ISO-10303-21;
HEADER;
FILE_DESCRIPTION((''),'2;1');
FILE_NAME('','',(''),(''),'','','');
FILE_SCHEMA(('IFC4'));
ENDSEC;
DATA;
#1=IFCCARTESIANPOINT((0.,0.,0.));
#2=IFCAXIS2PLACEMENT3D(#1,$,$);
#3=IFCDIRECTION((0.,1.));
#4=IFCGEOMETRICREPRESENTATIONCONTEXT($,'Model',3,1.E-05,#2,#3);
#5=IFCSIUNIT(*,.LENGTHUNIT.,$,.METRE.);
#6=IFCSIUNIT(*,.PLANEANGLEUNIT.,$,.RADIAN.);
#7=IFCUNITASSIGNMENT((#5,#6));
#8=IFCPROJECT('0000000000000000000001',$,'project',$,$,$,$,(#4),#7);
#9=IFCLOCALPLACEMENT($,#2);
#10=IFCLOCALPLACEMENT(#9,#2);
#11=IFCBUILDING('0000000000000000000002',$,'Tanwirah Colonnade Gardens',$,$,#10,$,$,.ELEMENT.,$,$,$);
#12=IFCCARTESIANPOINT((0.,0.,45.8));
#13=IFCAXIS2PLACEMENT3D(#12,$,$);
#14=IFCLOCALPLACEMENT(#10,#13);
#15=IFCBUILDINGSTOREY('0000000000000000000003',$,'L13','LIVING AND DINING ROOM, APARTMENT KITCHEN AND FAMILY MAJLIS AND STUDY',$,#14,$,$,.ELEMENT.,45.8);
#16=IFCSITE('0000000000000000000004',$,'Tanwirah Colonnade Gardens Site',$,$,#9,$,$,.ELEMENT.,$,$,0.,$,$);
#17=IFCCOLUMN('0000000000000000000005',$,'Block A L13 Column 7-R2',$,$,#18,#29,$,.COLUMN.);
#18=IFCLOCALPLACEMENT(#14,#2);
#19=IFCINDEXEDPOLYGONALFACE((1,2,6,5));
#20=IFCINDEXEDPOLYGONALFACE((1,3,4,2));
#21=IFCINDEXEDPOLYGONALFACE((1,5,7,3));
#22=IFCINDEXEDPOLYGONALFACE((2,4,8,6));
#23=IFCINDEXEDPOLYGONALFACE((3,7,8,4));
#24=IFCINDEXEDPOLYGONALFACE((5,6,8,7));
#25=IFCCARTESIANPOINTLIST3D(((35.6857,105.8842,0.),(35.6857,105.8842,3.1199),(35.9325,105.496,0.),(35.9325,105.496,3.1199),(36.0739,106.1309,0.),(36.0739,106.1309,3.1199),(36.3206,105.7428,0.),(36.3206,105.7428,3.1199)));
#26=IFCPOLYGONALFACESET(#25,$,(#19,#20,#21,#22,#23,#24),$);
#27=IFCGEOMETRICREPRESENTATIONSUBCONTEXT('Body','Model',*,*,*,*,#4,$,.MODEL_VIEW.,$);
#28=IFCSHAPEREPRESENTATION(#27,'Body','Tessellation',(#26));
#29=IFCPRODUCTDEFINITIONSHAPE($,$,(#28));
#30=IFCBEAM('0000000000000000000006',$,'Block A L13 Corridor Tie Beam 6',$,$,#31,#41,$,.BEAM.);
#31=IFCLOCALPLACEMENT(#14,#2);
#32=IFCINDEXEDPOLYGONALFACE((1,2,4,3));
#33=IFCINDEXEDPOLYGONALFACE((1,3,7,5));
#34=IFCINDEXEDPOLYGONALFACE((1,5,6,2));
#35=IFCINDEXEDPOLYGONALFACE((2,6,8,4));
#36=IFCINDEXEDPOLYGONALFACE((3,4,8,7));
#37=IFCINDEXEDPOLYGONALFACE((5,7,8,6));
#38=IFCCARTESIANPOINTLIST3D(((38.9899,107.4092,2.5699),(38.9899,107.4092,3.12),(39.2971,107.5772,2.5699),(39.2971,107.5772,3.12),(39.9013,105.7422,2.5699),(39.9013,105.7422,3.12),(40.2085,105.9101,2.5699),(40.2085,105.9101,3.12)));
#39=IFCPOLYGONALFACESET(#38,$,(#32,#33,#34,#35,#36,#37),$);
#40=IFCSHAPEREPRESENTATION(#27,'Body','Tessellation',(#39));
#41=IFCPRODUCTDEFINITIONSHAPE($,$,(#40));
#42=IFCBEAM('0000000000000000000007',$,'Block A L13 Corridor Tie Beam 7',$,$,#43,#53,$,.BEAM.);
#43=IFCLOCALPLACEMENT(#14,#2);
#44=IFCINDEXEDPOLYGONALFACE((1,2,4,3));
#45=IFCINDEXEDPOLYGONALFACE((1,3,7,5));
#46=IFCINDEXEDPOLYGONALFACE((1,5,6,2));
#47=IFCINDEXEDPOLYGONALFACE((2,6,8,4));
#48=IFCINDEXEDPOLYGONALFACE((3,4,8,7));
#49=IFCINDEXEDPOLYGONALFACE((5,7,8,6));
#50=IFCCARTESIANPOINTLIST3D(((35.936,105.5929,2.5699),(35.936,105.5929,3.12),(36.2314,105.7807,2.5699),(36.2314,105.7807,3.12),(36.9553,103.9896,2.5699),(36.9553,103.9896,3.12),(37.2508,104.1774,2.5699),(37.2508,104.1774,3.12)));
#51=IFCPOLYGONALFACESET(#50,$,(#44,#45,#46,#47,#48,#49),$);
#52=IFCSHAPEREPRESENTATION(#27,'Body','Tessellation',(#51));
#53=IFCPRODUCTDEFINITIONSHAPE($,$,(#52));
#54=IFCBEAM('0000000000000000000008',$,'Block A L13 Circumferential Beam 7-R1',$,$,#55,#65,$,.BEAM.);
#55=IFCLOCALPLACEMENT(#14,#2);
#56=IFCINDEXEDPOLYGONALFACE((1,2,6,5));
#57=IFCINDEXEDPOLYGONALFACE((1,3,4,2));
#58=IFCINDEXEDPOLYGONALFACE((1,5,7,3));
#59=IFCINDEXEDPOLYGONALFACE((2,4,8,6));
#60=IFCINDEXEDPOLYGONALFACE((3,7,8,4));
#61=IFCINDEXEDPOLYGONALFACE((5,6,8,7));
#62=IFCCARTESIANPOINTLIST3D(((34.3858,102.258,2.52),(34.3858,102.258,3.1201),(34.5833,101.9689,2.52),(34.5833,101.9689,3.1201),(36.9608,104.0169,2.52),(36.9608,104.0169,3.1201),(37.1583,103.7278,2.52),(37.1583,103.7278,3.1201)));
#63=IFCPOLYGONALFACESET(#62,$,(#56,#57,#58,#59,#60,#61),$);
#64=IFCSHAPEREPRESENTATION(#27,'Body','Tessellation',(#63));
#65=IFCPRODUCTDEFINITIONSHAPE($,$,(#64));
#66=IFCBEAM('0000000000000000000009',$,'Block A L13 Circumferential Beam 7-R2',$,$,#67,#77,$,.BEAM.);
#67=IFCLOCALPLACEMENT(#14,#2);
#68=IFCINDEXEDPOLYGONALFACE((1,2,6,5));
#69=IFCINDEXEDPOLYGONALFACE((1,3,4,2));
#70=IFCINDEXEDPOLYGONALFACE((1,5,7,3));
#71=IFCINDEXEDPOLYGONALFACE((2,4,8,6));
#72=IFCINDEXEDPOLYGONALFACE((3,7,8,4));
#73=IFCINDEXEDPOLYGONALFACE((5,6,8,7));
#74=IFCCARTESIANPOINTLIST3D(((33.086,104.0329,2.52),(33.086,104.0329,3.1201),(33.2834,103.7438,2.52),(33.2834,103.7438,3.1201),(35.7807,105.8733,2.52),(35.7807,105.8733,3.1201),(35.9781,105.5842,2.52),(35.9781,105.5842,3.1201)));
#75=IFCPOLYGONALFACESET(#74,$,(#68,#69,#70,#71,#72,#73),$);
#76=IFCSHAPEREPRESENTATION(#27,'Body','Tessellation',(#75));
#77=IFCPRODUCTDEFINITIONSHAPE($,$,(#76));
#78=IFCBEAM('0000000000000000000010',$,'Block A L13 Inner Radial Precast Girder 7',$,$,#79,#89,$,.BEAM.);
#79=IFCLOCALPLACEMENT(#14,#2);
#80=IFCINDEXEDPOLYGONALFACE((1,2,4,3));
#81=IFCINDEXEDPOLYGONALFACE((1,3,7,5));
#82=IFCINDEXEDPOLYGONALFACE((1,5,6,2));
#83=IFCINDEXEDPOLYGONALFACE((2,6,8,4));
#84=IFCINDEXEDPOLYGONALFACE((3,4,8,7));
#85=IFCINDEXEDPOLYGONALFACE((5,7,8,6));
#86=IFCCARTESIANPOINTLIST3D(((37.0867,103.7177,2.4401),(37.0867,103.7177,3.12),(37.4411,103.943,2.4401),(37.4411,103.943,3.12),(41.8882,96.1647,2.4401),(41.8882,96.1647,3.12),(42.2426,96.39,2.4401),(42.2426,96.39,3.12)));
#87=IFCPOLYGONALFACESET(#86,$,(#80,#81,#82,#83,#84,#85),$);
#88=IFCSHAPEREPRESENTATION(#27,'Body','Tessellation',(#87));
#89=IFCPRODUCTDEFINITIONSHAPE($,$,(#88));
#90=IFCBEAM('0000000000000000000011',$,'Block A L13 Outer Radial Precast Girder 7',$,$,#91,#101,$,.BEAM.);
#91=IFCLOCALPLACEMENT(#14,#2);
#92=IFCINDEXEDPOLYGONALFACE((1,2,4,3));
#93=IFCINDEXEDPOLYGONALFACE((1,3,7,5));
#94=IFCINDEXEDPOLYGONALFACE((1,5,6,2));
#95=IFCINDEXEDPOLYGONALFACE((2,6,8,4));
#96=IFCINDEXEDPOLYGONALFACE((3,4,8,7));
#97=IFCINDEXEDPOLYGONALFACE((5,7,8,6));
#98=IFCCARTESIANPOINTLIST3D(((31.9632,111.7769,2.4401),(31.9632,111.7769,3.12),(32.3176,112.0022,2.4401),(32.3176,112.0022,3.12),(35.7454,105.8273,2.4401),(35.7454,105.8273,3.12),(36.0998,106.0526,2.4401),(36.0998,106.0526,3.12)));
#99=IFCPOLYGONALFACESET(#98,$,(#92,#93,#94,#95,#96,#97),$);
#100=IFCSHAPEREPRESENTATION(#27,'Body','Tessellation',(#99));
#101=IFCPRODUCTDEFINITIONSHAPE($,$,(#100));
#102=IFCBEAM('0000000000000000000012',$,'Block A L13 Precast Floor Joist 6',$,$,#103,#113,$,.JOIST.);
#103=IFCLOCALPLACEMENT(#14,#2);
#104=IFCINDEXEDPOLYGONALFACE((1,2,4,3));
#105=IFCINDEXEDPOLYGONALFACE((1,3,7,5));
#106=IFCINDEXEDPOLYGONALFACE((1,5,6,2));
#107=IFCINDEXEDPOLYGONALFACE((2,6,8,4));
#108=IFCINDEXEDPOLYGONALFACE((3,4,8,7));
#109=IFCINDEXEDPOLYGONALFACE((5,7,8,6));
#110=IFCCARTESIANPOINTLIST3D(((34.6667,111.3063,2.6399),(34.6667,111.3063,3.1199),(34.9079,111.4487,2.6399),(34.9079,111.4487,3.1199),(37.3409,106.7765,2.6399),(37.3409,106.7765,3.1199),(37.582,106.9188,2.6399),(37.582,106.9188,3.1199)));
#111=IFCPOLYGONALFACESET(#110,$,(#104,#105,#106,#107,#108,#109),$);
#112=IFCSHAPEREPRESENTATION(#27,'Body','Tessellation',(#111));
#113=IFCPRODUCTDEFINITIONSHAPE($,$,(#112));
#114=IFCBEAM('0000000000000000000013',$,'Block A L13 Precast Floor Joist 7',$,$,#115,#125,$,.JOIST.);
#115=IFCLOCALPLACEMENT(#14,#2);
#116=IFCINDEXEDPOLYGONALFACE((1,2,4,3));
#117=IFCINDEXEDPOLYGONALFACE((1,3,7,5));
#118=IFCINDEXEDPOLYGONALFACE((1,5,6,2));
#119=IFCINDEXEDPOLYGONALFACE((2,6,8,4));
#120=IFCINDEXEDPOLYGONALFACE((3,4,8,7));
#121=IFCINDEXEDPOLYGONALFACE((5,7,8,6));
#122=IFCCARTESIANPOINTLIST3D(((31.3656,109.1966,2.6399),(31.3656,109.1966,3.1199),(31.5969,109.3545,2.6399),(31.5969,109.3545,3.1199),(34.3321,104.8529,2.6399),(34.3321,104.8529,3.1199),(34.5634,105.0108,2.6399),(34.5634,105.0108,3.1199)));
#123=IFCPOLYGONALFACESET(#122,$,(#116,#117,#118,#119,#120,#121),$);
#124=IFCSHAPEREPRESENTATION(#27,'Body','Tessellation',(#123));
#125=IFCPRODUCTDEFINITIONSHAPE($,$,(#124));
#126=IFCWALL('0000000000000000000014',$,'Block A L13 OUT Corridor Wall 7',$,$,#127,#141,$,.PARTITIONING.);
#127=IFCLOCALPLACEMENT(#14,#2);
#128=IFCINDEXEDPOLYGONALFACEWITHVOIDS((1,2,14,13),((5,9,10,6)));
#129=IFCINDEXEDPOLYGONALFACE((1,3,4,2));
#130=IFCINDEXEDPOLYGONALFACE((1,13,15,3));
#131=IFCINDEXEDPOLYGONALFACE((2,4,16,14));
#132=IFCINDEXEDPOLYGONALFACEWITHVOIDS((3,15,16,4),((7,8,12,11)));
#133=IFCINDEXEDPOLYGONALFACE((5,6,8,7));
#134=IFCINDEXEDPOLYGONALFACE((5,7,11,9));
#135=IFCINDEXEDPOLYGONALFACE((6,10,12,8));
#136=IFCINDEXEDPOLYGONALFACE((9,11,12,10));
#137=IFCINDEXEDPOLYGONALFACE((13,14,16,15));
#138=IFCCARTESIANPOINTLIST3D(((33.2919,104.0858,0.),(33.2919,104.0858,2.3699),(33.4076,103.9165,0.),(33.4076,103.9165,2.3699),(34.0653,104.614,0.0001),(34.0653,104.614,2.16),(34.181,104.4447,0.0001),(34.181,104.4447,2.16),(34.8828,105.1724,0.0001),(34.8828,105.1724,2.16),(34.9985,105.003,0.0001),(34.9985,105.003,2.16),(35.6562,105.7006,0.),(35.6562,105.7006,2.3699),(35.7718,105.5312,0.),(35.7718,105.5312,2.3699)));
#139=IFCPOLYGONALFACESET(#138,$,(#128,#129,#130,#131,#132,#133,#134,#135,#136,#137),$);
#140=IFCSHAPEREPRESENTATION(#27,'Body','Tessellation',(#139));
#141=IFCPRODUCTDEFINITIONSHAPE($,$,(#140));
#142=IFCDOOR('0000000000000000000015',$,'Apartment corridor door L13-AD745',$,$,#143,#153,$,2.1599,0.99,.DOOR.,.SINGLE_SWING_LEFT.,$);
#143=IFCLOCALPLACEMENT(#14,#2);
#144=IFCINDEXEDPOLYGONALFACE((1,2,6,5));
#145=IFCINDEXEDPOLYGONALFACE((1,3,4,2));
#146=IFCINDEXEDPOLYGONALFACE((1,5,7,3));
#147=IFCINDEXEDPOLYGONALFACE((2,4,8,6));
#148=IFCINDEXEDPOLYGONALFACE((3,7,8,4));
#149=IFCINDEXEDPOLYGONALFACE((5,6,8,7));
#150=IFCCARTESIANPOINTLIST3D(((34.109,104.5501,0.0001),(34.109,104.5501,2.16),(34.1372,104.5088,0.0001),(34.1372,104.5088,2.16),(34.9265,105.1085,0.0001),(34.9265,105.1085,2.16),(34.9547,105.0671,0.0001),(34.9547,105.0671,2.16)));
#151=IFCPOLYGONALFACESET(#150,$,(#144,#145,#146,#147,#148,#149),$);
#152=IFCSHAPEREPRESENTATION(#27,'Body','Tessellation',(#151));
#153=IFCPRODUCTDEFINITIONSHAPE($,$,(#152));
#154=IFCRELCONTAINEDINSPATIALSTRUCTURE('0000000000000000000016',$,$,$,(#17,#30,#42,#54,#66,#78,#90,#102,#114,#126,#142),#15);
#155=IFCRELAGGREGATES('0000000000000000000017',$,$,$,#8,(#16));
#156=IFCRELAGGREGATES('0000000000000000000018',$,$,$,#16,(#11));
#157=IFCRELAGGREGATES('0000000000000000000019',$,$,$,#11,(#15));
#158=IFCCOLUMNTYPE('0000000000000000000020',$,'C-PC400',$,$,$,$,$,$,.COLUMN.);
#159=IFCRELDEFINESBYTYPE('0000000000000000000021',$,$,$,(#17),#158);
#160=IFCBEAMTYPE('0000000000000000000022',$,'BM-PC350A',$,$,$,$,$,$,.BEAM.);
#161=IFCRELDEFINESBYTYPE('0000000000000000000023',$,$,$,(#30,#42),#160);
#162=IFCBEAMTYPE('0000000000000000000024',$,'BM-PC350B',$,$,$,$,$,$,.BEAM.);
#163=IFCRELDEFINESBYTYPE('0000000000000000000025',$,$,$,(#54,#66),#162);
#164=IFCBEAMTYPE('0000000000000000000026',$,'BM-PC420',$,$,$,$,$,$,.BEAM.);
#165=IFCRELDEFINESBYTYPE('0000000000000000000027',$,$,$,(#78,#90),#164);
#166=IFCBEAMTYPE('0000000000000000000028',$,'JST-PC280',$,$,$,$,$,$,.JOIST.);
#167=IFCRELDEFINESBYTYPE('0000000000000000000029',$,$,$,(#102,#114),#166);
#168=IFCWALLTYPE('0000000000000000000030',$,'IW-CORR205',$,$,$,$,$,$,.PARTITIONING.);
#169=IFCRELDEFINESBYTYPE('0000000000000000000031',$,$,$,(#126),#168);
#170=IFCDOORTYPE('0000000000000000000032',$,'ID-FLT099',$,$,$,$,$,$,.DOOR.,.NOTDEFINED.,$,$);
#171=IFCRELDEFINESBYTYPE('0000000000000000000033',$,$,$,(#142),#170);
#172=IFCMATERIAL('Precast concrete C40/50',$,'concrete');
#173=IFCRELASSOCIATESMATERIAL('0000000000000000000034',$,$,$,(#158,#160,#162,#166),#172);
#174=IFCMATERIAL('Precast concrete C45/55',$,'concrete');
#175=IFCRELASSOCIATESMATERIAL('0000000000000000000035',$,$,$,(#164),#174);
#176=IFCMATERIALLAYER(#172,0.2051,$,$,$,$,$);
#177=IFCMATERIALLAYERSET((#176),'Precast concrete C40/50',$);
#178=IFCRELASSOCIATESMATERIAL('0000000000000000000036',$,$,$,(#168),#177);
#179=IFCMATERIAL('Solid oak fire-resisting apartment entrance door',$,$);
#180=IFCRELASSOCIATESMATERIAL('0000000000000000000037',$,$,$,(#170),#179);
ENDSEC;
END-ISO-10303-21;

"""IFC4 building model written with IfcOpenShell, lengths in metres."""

from ifc_helpers import new_model, si_unit, direction, frame, frame_2d, origin, origin_2d, place, context, subcontext, project, spatial, rectangle, extrude, material, layer, layer_set, material_profile, profile_set, type_object, element, fill, save


model = new_model("IFC4")

# Units and contexts
model_context = context("Model", 3, precision=1e-05, world=origin(), true_north=direction((0.0, 1.0)))
body_context = subcontext(model_context, "Body", "Model", "MODEL_VIEW")
ifc_project = project(units=[si_unit("LENGTHUNIT", "METRE"), si_unit("PLANEANGLEUNIT", "RADIAN")], contexts=[model_context])

# Site, building, storey
site_placement = place(None, origin())
site = spatial("IfcSite", under=ifc_project, at=site_placement, Name="Tanwirah Colonnade Gardens Site", CompositionType="ELEMENT", RefElevation=0.0)
building_placement = place(site_placement, origin())
building = spatial("IfcBuilding", under=site, at=building_placement, Name="Tanwirah Colonnade Gardens", CompositionType="ELEMENT")
storey_placement = place(building_placement, frame((0.0, 0.0, 45.8)))
storey = spatial("IfcBuildingStorey", under=building, at=storey_placement, Name="L13", Description="LIVING AND DINING ROOM, APARTMENT KITCHEN AND FAMILY MAJLIS AND STUDY", CompositionType="ELEMENT", Elevation=45.8)

# Column
ifc_material_1 = material(Name="Precast concrete C40/50", Category="concrete")
ifc_material_profile_1 = material_profile(ifc_material_1, rectangle(XDim=0.46, YDim=0.46, at=origin_2d()), Name="PC-COL 460x460")
ifc_profile_set_1 = profile_set([ifc_material_profile_1], Name="Precast concrete C40/50")
column_type = type_object("IfcColumnType", Name="C-PC400", PredefinedType="COLUMN", material=ifc_profile_set_1)
column_placement = place(storey_placement, frame((36.0032, 105.8135, 0.0), z_axis=(0.0, 0.0, 1.0), x_axis=(-0.536482, 0.843912, 0.0)))
element("IfcColumn", 1, at=column_placement, inside=storey, type_object=column_type, Name="Block A L13 Column 7-R2", PredefinedType="COLUMN", context=body_context, shape_type="SweptSolid", body=[
    extrude(rectangle(XDim=0.46, YDim=0.46, at=origin_2d()), origin(), (0.0, 0.0, 1.0), 3.1199),
])

# Beams
ifc_material_profile_2 = material_profile(ifc_material_1, rectangle(XDim=0.3501, YDim=0.55, at=origin_2d()), Name="PC-BM 350x550")
ifc_profile_set_2 = profile_set([ifc_material_profile_2], Name="Precast concrete C40/50")
beam_type_1 = type_object("IfcBeamType", Name="BM-PC350A", PredefinedType="BEAM", material=ifc_profile_set_2)
for number, where, z_axis, x_axis, name in (
    (2, (40.0549, 105.8262, 2.845), (-0.479707, 0.877429, 0.0), (-0.877429, -0.479707, 0.0), "Block A L13 Corridor Tie Beam 6"),
    (3, (37.103, 104.0835, 2.845), (-0.53651, 0.843894, 0.0), (-0.843894, -0.53651, 0.0), "Block A L13 Corridor Tie Beam 7"),
):
    element("IfcBeam", number, at=place(storey_placement, frame(where, z_axis=z_axis, x_axis=x_axis)), inside=storey, type_object=beam_type_1, Name=name, PredefinedType="BEAM", context=body_context, shape_type="SweptSolid", body=[
        extrude(rectangle(XDim=0.3501, YDim=0.55, at=origin_2d()), origin(), (0.0, 0.0, 1.0), 1.8999),
    ])
ifc_material_profile_3 = material_profile(ifc_material_1, rectangle(XDim=0.3501, YDim=0.6001, at=origin_2d()), Name="PC-BM 350x600")
ifc_profile_set_3 = profile_set([ifc_material_profile_3], Name="Precast concrete C40/50")
beam_type_2 = type_object("IfcBeamType", Name="BM-PC350B", PredefinedType="BEAM", material=ifc_profile_set_3)
beam_1_placement = place(storey_placement, frame((37.0596, 103.8723, 2.8201), z_axis=(-0.825758, -0.564024, 0.0), x_axis=(0.564024, -0.825758, 0.0)))
element("IfcBeam", 4, at=beam_1_placement, inside=storey, type_object=beam_type_2, Name="Block A L13 Circumferential Beam 7-R1", PredefinedType="BEAM", context=body_context, shape_type="SweptSolid", body=[
    extrude(rectangle(XDim=0.3501, YDim=0.6001, at=origin_2d()), origin(), (0.0, 0.0, 1.0), 3.1184),
])
beam_2_placement = place(storey_placement, frame((35.8794, 105.7288, 2.8201), z_axis=(-0.825782, -0.563989, 0.0), x_axis=(0.563989, -0.825782, 0.0)))
element("IfcBeam", 5, at=beam_2_placement, inside=storey, type_object=beam_type_2, Name="Block A L13 Circumferential Beam 7-R2", PredefinedType="BEAM", context=body_context, shape_type="SweptSolid", body=[
    extrude(rectangle(XDim=0.3501, YDim=0.6001, at=origin_2d()), origin(), (0.0, 0.0, 1.0), 3.2632),
])
ifc_material_2 = material(Name="Precast concrete C45/55", Category="concrete")
ifc_material_profile_4 = material_profile(ifc_material_2, rectangle(XDim=0.4199, YDim=0.6799, at=origin_2d()), Name="PC-BM 420x680")
ifc_profile_set_4 = profile_set([ifc_material_profile_4], Name="Precast concrete C45/55")
beam_type_3 = type_object("IfcBeamType", Name="BM-PC420", PredefinedType="BEAM", material=ifc_profile_set_4)
beam_3_placement = place(storey_placement, frame((37.2639, 103.8303, 2.78), z_axis=(0.536484, -0.843911, 0.0), x_axis=(0.843911, 0.536484, 0.0)))
element("IfcBeam", 6, at=beam_3_placement, inside=storey, type_object=beam_type_3, Name="Block A L13 Inner Radial Precast Girder 7", PredefinedType="BEAM", context=body_context, shape_type="SweptSolid", body=[
    extrude(rectangle(XDim=0.4199, YDim=0.6799, at=origin_2d()), origin(), (0.0, 0.0, 1.0), 8.95),
])
beam_4_placement = place(storey_placement, frame((35.9226, 105.9399, 2.78), z_axis=(-0.536477, 0.843915, 0.0), x_axis=(-0.843915, -0.536477, 0.0)))
element("IfcBeam", 7, at=beam_4_placement, inside=storey, type_object=beam_type_3, Name="Block A L13 Outer Radial Precast Girder 7", PredefinedType="BEAM", context=body_context, shape_type="SweptSolid", body=[
    extrude(rectangle(XDim=0.4199, YDim=0.6799, at=origin_2d()), origin(), (0.0, 0.0, 1.0), 7.05),
])
ifc_material_profile_5 = material_profile(ifc_material_1, rectangle(XDim=0.28, YDim=0.48, at=origin_2d()), Name="PC-JST 280x480")
ifc_profile_set_5 = profile_set([ifc_material_profile_5], Name="Precast concrete C40/50")
beam_type_4 = type_object("IfcBeamType", Name="JST-PC280", PredefinedType="JOIST", material=ifc_profile_set_5)
beam_5_placement = place(storey_placement, frame((37.4614, 106.8477, 2.8799), z_axis=(-0.50836, 0.861145, 0.0), x_axis=(-0.861145, -0.50836, 0.0)))
element("IfcBeam", 8, at=beam_5_placement, inside=storey, type_object=beam_type_4, Name="Block A L13 Precast Floor Joist 6", PredefinedType="JOIST", context=body_context, shape_type="SweptSolid", body=[
    extrude(rectangle(XDim=0.28, YDim=0.48, at=origin_2d()), origin(), (0.0, 0.0, 1.0), 5.2603),
])
beam_6_placement = place(storey_placement, frame((34.4478, 104.9319, 2.8799), z_axis=(-0.563973, 0.825793, 0.0), x_axis=(-0.825793, -0.563973, 0.0)))
element("IfcBeam", 9, at=beam_6_placement, inside=storey, type_object=beam_type_4, Name="Block A L13 Precast Floor Joist 7", PredefinedType="JOIST", context=body_context, shape_type="SweptSolid", body=[
    extrude(rectangle(XDim=0.28, YDim=0.48, at=origin_2d()), origin(), (0.0, 0.0, 1.0), 5.26),
])

# Wall, opening, door
ifc_layer_1 = layer(ifc_material_1, 0.2051)
ifc_layer_set_1 = layer_set([ifc_layer_1], Name="Precast concrete C40/50")
wall_type_1 = type_object("IfcWallType", Name="IW-CORR205", PredefinedType="PARTITIONING", material=ifc_layer_set_1)
wall_1_placement = place(storey_placement, frame((35.7141, 105.616, 0.0), z_axis=(0.0, 0.0, 1.0), x_axis=(-0.82578, -0.563993, 0.0)))
wall_1 = element("IfcWall", 10, at=wall_1_placement, inside=storey, type_object=wall_type_1, Name="Block A L13 OUT Corridor Wall 7", PredefinedType="PARTITIONING", context=body_context, shape_type="SweptSolid", body=[
    extrude(rectangle(XDim=2.863, YDim=0.2051, at=frame_2d((1.4316, 0.0))), origin(), (0.0, 0.0, 1.0), 2.3699),
])
opening_1_placement = place(wall_1_placement, frame((0.9365, 0.0, 0.0)))
opening_1 = element("IfcOpeningElement", 11, at=opening_1_placement, cuts=wall_1, PredefinedType="OPENING", context=body_context, shape_type="SweptSolid", body=[
    extrude(rectangle(XDim=0.99, YDim=2.1599, at=frame_2d((0.4951, 1.0801))), frame((0.0, 0.1125, 0.0), z_axis=(0.0, -1.0, 0.0), x_axis=(1.0, 0.0, 0.0)), (0.0, 0.0, 1.0), 0.2251),
])
ifc_material_3 = material(Name="Solid oak fire-resisting apartment entrance door")
door_type_1 = type_object("IfcDoorType", Name="ID-FLT099", OperationType="NOTDEFINED", PredefinedType="DOOR", material=ifc_material_3)
door_1_placement = place(opening_1_placement, origin())
door_1 = element("IfcDoor", 12, at=door_1_placement, inside=storey, type_object=door_type_1, Name="Apartment corridor door L13-AD745", OperationType="SINGLE_SWING_LEFT", OverallHeight=2.1599, OverallWidth=0.99, PredefinedType="DOOR", context=body_context, shape_type="SweptSolid", body=[
    extrude(rectangle(XDim=0.99, YDim=2.1599, at=frame_2d((0.4951, 1.0801))), frame((0.0, 0.0249, 0.0), z_axis=(0.0, -1.0, 0.0), x_axis=(1.0, 0.0, 0.0)), (0.0, 0.0, 1.0), 0.05),
])
fill(opening_1, door_1)

save(model, "model.ifc")
